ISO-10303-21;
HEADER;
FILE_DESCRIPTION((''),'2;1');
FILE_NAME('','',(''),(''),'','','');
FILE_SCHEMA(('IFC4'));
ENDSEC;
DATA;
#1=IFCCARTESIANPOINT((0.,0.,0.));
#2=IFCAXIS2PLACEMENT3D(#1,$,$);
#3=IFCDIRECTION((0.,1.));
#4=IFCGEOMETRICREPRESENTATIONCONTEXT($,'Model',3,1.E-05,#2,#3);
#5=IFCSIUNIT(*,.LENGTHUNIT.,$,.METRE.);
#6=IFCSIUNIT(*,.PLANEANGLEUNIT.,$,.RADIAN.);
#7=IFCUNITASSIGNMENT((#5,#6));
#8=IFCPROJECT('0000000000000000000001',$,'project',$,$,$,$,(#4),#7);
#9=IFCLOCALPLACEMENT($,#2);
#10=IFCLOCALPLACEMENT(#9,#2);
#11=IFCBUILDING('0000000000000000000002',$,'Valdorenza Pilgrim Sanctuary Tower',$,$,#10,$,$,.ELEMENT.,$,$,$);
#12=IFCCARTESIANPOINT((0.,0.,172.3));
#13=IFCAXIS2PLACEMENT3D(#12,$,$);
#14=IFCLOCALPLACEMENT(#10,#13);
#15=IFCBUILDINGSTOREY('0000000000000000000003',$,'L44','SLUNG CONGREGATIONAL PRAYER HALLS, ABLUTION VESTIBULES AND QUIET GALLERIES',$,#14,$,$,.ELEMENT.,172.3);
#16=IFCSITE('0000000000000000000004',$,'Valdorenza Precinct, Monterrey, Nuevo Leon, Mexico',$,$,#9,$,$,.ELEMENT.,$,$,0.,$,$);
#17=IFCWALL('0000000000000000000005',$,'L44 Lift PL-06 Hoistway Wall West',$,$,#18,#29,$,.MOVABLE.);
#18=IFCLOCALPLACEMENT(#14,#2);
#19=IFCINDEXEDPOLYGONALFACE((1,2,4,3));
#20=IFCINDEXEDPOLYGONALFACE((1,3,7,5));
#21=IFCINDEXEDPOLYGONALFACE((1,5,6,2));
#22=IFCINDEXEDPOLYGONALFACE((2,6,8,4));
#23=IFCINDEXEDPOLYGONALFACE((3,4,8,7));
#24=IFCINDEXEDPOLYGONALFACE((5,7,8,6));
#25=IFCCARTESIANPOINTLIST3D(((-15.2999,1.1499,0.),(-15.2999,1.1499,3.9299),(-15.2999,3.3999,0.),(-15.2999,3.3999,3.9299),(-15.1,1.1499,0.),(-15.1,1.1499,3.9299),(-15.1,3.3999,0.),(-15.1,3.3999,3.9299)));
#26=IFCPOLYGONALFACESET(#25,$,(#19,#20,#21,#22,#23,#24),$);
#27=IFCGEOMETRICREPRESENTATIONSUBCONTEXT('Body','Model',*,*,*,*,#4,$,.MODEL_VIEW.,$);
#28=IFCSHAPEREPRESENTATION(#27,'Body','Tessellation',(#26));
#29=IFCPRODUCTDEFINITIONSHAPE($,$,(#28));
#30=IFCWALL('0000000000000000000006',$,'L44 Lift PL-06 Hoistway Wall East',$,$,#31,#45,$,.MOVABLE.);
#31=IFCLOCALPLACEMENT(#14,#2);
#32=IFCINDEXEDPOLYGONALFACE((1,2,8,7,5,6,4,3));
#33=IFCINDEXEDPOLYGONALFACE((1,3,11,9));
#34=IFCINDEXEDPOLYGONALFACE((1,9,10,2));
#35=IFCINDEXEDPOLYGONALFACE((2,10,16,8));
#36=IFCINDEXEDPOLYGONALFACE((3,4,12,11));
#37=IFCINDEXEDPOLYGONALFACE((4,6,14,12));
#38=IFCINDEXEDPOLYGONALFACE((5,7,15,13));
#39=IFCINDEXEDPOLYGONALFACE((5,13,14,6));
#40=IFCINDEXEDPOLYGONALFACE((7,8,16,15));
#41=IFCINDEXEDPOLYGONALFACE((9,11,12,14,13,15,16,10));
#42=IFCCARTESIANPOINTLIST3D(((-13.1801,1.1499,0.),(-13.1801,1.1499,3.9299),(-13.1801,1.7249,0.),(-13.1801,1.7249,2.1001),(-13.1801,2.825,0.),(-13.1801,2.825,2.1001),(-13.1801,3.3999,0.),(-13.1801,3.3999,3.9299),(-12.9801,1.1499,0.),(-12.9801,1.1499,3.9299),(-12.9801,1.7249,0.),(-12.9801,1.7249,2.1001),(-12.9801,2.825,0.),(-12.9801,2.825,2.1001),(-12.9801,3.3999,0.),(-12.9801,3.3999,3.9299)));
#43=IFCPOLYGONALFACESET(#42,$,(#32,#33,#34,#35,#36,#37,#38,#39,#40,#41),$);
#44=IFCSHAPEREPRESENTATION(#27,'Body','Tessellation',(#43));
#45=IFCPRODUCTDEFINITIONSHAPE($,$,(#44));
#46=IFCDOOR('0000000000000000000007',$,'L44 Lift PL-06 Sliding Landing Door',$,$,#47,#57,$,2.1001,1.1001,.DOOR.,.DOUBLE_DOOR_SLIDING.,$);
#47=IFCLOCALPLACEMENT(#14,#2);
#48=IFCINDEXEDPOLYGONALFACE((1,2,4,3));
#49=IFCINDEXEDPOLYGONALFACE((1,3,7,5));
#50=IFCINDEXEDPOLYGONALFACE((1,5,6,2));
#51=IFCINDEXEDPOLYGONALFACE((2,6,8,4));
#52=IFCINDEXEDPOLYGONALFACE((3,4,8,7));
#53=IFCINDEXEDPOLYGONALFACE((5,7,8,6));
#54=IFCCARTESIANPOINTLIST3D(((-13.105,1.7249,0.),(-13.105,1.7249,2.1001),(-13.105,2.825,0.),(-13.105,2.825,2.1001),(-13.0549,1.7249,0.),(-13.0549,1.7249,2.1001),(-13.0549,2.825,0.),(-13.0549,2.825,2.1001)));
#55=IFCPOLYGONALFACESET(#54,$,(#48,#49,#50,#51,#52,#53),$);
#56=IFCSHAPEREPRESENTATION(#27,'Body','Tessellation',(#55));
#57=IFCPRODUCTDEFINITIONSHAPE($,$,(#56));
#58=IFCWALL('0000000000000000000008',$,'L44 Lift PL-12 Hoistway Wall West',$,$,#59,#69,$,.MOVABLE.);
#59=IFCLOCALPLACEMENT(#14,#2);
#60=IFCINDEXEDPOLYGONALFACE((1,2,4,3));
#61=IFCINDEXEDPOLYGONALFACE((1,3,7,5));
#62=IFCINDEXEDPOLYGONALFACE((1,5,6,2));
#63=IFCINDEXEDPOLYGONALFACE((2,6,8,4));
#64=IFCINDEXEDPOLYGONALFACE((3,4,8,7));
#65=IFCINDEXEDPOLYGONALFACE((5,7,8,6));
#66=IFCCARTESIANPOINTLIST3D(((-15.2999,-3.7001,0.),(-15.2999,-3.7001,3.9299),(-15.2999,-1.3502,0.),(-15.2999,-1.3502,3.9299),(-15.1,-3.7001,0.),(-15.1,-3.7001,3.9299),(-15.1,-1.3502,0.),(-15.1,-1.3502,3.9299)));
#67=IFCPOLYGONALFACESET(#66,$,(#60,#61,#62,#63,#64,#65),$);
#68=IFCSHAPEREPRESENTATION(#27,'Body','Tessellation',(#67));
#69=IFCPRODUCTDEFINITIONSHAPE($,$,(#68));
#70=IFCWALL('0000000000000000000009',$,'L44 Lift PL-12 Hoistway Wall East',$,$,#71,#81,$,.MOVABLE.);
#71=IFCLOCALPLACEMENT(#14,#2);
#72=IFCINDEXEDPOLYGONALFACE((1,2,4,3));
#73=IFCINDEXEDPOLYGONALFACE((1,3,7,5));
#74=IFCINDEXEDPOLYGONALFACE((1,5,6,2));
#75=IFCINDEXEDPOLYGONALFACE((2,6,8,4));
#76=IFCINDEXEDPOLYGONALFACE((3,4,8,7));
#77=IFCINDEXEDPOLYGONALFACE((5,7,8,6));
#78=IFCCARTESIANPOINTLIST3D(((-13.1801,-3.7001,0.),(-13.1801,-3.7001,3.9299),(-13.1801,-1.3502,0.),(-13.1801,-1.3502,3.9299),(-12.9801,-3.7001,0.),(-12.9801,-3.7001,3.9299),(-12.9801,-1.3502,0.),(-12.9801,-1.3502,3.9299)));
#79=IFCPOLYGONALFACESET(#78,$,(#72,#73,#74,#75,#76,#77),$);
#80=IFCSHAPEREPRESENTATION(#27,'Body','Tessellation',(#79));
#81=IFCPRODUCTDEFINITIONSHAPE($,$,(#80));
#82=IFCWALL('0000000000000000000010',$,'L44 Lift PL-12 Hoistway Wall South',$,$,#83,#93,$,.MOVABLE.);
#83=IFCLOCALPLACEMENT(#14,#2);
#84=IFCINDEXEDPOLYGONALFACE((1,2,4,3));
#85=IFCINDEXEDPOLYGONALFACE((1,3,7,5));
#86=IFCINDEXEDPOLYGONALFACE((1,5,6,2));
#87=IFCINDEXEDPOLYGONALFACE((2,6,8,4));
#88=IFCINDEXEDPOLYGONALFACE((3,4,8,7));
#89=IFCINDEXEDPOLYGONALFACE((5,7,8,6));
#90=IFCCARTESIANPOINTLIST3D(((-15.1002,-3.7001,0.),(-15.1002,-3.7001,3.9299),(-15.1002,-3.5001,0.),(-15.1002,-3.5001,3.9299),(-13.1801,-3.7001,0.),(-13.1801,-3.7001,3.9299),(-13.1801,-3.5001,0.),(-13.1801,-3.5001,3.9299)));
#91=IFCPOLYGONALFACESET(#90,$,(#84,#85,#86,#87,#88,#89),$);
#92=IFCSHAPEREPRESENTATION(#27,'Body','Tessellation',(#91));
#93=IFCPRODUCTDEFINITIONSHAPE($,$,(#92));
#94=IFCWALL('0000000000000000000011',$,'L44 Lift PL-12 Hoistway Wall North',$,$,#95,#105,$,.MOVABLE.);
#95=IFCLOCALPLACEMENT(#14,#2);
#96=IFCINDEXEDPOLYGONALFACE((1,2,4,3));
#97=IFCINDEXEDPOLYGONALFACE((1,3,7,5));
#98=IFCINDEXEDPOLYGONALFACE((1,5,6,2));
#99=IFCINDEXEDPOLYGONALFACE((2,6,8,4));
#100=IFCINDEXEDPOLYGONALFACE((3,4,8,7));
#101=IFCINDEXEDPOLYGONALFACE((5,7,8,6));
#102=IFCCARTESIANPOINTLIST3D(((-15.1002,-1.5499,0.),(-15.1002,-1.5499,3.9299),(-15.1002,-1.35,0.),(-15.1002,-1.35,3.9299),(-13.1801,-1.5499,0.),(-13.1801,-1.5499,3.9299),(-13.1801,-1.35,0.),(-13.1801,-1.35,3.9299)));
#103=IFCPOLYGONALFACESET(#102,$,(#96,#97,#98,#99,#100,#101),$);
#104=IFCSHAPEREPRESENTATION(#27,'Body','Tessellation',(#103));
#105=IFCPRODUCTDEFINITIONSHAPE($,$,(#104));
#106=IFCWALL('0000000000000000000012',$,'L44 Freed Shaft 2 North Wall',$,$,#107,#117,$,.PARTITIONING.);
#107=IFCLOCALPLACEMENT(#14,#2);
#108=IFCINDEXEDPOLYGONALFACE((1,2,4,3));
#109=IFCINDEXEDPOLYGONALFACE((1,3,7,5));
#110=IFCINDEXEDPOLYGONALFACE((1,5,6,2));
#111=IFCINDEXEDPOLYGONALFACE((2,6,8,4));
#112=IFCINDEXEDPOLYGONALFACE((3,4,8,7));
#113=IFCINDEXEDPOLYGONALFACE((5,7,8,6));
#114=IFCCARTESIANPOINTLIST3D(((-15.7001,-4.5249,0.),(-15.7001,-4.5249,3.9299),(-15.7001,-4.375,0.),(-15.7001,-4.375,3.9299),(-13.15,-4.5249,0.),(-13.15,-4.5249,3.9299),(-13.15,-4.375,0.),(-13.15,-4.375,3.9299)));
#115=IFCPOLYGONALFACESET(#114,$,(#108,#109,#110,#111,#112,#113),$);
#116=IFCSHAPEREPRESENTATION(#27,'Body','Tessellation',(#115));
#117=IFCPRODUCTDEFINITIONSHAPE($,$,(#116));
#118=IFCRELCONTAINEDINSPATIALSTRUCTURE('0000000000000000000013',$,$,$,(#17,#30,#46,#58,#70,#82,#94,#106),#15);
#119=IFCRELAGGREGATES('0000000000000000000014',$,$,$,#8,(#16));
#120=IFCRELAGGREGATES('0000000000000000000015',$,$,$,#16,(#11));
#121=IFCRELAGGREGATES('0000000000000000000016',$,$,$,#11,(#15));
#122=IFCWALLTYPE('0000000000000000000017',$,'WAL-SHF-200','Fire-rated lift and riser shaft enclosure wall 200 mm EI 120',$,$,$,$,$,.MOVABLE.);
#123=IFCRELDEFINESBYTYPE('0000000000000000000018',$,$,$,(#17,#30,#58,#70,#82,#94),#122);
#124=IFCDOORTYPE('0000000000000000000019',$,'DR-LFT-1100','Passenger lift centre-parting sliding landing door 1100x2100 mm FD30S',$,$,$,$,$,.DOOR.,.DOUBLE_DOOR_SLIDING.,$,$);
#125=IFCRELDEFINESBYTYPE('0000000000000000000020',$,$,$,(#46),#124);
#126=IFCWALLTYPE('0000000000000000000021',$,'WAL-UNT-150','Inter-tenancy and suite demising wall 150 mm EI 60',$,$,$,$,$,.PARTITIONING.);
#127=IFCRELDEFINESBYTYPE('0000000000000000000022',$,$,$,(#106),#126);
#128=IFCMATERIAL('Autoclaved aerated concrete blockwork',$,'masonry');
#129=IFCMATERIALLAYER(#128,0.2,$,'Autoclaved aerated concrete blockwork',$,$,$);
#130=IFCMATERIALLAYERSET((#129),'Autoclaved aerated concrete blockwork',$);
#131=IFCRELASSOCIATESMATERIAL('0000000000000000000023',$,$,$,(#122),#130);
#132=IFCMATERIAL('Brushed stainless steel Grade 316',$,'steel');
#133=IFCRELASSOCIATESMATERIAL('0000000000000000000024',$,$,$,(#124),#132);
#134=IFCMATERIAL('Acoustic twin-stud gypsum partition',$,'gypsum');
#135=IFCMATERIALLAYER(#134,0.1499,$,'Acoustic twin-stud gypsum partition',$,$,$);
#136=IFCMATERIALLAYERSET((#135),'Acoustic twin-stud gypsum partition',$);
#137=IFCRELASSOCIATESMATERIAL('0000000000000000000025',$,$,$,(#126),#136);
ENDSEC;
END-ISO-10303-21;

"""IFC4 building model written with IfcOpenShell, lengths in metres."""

from ifc_helpers import new_model, si_unit, direction, frame, frame_2d, origin, place, context, subcontext, project, spatial, rectangle, extrude, material, layer, layer_set, type_object, element, fill, save


model = new_model("IFC4")

# Units and contexts
model_context = context("Model", 3, precision=1e-05, world=origin(), true_north=direction((0.0, 1.0)))
body_context = subcontext(model_context, "Body", "Model", "MODEL_VIEW")
ifc_project = project(units=[si_unit("LENGTHUNIT", "METRE"), si_unit("PLANEANGLEUNIT", "RADIAN")], contexts=[model_context])

# Site, building, storey
site_placement = place(None, origin())
site = spatial("IfcSite", under=ifc_project, at=site_placement, Name="Valdorenza Precinct, Monterrey, Nuevo Leon, Mexico", CompositionType="ELEMENT", RefElevation=0.0)
building_placement = place(site_placement, origin())
building = spatial("IfcBuilding", under=site, at=building_placement, Name="Valdorenza Pilgrim Sanctuary Tower", CompositionType="ELEMENT")
storey_placement = place(building_placement, frame((0.0, 0.0, 172.3)))
storey = spatial("IfcBuildingStorey", under=building, at=storey_placement, Name="L44", Description="SLUNG CONGREGATIONAL PRAYER HALLS, ABLUTION VESTIBULES AND QUIET GALLERIES", CompositionType="ELEMENT", Elevation=172.3)

# Shared definitions
ifc_material_1 = material(Name="Acoustic twin-stud gypsum partition", Category="gypsum")

# Shared definitions
ifc_material_2 = material(Name="Autoclaved aerated concrete blockwork", Category="masonry")
ifc_layer_1 = layer(ifc_material_2, 0.2, Name="Autoclaved aerated concrete blockwork")
ifc_layer_set_1 = layer_set([ifc_layer_1], Name="Autoclaved aerated concrete blockwork")
wall_type_1 = type_object("IfcWallType", Name="WAL-SHF-200", Description="Fire-rated lift and riser shaft enclosure wall 200 mm EI 120", PredefinedType="MOVABLE", material=ifc_layer_set_1)

# Shared definitions
ifc_material_3 = material(Name="Brushed stainless steel Grade 316", Category="steel")

# Wall
wall_1_placement = place(storey_placement, frame((-15.2, 1.1499, 0.0), z_axis=(0.0, 0.0, 1.0), x_axis=(0.0, 1.0, 0.0)))
element("IfcWall", 1, at=wall_1_placement, inside=storey, type_object=wall_type_1, Name="L44 Lift PL-06 Hoistway Wall West", PredefinedType="MOVABLE", context=body_context, shape_type="SweptSolid", body=[
    extrude(rectangle(XDim=2.25, YDim=0.2, at=frame_2d((1.125, 0.0))), origin(), (0.0, 0.0, 1.0), 3.9299),
])

# Wall, opening, door
wall_2_placement = place(storey_placement, frame((-13.0801, 1.1499, 0.0), z_axis=(0.0, 0.0, 1.0), x_axis=(0.0, 1.0, 0.0)))
wall_2 = element("IfcWall", 2, at=wall_2_placement, inside=storey, type_object=wall_type_1, Name="L44 Lift PL-06 Hoistway Wall East", PredefinedType="MOVABLE", context=body_context, shape_type="SweptSolid", body=[
    extrude(rectangle(XDim=2.25, YDim=0.2, at=frame_2d((1.125, 0.0))), origin(), (0.0, 0.0, 1.0), 3.9299),
])
opening_1_placement = place(wall_2_placement, frame((0.575, 0.0, 0.0)))
opening_1 = element("IfcOpeningElement", 3, at=opening_1_placement, cuts=wall_2, PredefinedType="OPENING", context=body_context, shape_type="SweptSolid", body=[
    extrude(rectangle(XDim=1.1001, YDim=2.1001, at=frame_2d((0.55, 1.05))), frame((0.0, 0.1147, 0.0), z_axis=(0.0, -1.0, 0.0), x_axis=(1.0, 0.0, 0.0)), (0.0, 0.0, 1.0), 0.2297),
])
door_type_1 = type_object("IfcDoorType", Name="DR-LFT-1100", Description="Passenger lift centre-parting sliding landing door 1100x2100 mm FD30S", OperationType="DOUBLE_DOOR_SLIDING", PredefinedType="DOOR", material=ifc_material_3)
door_1_placement = place(opening_1_placement, origin())
door_1 = element("IfcDoor", 4, at=door_1_placement, inside=storey, type_object=door_type_1, Name="L44 Lift PL-06 Sliding Landing Door", OperationType="DOUBLE_DOOR_SLIDING", OverallHeight=2.1001, OverallWidth=1.1001, PredefinedType="DOOR", context=body_context, shape_type="SweptSolid", body=[
    extrude(rectangle(XDim=1.1001, YDim=2.1001, at=frame_2d((0.55, 1.05))), frame((0.0, 0.0249, 0.0), z_axis=(0.0, -1.0, 0.0), x_axis=(1.0, 0.0, 0.0)), (0.0, 0.0, 1.0), 0.05),
])
fill(opening_1, door_1)

# Walls
for number, where, z_axis, x_axis, name in (
    (5, (-15.2, -3.7, 0.0), (0.0, 0.0, 1.0), (0.0, 1.0, 0.0), "L44 Lift PL-12 Hoistway Wall West"),
    (6, (-13.0801, -3.7, 0.0), (0.0, 0.0, 1.0), (0.0, 1.0, 0.0), "L44 Lift PL-12 Hoistway Wall East"),
):
    element("IfcWall", number, at=place(storey_placement, frame(where, z_axis=z_axis, x_axis=x_axis)), inside=storey, type_object=wall_type_1, Name=name, PredefinedType="MOVABLE", context=body_context, shape_type="SweptSolid", body=[
        extrude(rectangle(XDim=2.3499, YDim=0.2, at=frame_2d((1.1748, 0.0))), origin(), (0.0, 0.0, 1.0), 3.9299),
    ])
for number, where, z_axis, x_axis, name in (
    (7, (-15.1001, -3.6001, 0.0), (0.0, 0.0, 1.0), (1.0, 0.0, 0.0), "L44 Lift PL-12 Hoistway Wall South"),
    (8, (-15.1001, -1.45, 0.0), (0.0, 0.0, 1.0), (1.0, 0.0, 0.0), "L44 Lift PL-12 Hoistway Wall North"),
):
    element("IfcWall", number, at=place(storey_placement, frame(where, z_axis=z_axis, x_axis=x_axis)), inside=storey, type_object=wall_type_1, Name=name, PredefinedType="MOVABLE", context=body_context, shape_type="SweptSolid", body=[
        extrude(rectangle(XDim=1.9202, YDim=0.2, at=frame_2d((0.96, 0.0))), origin(), (0.0, 0.0, 1.0), 3.9299),
    ])
ifc_layer_2 = layer(ifc_material_1, 0.1499, Name="Acoustic twin-stud gypsum partition")
ifc_layer_set_2 = layer_set([ifc_layer_2], Name="Acoustic twin-stud gypsum partition")
wall_type_2 = type_object("IfcWallType", Name="WAL-UNT-150", Description="Inter-tenancy and suite demising wall 150 mm EI 60", PredefinedType="PARTITIONING", material=ifc_layer_set_2)
wall_3_placement = place(storey_placement, frame((-15.7, -4.45, 0.0), z_axis=(0.0, 0.0, 1.0), x_axis=(1.0, 0.0, 0.0)))
element("IfcWall", 9, at=wall_3_placement, inside=storey, type_object=wall_type_2, Name="L44 Freed Shaft 2 North Wall", PredefinedType="PARTITIONING", context=body_context, shape_type="SweptSolid", body=[
    extrude(rectangle(XDim=2.55, YDim=0.1499, at=frame_2d((1.2749, 0.0))), origin(), (0.0, 0.0, 1.0), 3.9299),
])

save(model, "model.ifc")
